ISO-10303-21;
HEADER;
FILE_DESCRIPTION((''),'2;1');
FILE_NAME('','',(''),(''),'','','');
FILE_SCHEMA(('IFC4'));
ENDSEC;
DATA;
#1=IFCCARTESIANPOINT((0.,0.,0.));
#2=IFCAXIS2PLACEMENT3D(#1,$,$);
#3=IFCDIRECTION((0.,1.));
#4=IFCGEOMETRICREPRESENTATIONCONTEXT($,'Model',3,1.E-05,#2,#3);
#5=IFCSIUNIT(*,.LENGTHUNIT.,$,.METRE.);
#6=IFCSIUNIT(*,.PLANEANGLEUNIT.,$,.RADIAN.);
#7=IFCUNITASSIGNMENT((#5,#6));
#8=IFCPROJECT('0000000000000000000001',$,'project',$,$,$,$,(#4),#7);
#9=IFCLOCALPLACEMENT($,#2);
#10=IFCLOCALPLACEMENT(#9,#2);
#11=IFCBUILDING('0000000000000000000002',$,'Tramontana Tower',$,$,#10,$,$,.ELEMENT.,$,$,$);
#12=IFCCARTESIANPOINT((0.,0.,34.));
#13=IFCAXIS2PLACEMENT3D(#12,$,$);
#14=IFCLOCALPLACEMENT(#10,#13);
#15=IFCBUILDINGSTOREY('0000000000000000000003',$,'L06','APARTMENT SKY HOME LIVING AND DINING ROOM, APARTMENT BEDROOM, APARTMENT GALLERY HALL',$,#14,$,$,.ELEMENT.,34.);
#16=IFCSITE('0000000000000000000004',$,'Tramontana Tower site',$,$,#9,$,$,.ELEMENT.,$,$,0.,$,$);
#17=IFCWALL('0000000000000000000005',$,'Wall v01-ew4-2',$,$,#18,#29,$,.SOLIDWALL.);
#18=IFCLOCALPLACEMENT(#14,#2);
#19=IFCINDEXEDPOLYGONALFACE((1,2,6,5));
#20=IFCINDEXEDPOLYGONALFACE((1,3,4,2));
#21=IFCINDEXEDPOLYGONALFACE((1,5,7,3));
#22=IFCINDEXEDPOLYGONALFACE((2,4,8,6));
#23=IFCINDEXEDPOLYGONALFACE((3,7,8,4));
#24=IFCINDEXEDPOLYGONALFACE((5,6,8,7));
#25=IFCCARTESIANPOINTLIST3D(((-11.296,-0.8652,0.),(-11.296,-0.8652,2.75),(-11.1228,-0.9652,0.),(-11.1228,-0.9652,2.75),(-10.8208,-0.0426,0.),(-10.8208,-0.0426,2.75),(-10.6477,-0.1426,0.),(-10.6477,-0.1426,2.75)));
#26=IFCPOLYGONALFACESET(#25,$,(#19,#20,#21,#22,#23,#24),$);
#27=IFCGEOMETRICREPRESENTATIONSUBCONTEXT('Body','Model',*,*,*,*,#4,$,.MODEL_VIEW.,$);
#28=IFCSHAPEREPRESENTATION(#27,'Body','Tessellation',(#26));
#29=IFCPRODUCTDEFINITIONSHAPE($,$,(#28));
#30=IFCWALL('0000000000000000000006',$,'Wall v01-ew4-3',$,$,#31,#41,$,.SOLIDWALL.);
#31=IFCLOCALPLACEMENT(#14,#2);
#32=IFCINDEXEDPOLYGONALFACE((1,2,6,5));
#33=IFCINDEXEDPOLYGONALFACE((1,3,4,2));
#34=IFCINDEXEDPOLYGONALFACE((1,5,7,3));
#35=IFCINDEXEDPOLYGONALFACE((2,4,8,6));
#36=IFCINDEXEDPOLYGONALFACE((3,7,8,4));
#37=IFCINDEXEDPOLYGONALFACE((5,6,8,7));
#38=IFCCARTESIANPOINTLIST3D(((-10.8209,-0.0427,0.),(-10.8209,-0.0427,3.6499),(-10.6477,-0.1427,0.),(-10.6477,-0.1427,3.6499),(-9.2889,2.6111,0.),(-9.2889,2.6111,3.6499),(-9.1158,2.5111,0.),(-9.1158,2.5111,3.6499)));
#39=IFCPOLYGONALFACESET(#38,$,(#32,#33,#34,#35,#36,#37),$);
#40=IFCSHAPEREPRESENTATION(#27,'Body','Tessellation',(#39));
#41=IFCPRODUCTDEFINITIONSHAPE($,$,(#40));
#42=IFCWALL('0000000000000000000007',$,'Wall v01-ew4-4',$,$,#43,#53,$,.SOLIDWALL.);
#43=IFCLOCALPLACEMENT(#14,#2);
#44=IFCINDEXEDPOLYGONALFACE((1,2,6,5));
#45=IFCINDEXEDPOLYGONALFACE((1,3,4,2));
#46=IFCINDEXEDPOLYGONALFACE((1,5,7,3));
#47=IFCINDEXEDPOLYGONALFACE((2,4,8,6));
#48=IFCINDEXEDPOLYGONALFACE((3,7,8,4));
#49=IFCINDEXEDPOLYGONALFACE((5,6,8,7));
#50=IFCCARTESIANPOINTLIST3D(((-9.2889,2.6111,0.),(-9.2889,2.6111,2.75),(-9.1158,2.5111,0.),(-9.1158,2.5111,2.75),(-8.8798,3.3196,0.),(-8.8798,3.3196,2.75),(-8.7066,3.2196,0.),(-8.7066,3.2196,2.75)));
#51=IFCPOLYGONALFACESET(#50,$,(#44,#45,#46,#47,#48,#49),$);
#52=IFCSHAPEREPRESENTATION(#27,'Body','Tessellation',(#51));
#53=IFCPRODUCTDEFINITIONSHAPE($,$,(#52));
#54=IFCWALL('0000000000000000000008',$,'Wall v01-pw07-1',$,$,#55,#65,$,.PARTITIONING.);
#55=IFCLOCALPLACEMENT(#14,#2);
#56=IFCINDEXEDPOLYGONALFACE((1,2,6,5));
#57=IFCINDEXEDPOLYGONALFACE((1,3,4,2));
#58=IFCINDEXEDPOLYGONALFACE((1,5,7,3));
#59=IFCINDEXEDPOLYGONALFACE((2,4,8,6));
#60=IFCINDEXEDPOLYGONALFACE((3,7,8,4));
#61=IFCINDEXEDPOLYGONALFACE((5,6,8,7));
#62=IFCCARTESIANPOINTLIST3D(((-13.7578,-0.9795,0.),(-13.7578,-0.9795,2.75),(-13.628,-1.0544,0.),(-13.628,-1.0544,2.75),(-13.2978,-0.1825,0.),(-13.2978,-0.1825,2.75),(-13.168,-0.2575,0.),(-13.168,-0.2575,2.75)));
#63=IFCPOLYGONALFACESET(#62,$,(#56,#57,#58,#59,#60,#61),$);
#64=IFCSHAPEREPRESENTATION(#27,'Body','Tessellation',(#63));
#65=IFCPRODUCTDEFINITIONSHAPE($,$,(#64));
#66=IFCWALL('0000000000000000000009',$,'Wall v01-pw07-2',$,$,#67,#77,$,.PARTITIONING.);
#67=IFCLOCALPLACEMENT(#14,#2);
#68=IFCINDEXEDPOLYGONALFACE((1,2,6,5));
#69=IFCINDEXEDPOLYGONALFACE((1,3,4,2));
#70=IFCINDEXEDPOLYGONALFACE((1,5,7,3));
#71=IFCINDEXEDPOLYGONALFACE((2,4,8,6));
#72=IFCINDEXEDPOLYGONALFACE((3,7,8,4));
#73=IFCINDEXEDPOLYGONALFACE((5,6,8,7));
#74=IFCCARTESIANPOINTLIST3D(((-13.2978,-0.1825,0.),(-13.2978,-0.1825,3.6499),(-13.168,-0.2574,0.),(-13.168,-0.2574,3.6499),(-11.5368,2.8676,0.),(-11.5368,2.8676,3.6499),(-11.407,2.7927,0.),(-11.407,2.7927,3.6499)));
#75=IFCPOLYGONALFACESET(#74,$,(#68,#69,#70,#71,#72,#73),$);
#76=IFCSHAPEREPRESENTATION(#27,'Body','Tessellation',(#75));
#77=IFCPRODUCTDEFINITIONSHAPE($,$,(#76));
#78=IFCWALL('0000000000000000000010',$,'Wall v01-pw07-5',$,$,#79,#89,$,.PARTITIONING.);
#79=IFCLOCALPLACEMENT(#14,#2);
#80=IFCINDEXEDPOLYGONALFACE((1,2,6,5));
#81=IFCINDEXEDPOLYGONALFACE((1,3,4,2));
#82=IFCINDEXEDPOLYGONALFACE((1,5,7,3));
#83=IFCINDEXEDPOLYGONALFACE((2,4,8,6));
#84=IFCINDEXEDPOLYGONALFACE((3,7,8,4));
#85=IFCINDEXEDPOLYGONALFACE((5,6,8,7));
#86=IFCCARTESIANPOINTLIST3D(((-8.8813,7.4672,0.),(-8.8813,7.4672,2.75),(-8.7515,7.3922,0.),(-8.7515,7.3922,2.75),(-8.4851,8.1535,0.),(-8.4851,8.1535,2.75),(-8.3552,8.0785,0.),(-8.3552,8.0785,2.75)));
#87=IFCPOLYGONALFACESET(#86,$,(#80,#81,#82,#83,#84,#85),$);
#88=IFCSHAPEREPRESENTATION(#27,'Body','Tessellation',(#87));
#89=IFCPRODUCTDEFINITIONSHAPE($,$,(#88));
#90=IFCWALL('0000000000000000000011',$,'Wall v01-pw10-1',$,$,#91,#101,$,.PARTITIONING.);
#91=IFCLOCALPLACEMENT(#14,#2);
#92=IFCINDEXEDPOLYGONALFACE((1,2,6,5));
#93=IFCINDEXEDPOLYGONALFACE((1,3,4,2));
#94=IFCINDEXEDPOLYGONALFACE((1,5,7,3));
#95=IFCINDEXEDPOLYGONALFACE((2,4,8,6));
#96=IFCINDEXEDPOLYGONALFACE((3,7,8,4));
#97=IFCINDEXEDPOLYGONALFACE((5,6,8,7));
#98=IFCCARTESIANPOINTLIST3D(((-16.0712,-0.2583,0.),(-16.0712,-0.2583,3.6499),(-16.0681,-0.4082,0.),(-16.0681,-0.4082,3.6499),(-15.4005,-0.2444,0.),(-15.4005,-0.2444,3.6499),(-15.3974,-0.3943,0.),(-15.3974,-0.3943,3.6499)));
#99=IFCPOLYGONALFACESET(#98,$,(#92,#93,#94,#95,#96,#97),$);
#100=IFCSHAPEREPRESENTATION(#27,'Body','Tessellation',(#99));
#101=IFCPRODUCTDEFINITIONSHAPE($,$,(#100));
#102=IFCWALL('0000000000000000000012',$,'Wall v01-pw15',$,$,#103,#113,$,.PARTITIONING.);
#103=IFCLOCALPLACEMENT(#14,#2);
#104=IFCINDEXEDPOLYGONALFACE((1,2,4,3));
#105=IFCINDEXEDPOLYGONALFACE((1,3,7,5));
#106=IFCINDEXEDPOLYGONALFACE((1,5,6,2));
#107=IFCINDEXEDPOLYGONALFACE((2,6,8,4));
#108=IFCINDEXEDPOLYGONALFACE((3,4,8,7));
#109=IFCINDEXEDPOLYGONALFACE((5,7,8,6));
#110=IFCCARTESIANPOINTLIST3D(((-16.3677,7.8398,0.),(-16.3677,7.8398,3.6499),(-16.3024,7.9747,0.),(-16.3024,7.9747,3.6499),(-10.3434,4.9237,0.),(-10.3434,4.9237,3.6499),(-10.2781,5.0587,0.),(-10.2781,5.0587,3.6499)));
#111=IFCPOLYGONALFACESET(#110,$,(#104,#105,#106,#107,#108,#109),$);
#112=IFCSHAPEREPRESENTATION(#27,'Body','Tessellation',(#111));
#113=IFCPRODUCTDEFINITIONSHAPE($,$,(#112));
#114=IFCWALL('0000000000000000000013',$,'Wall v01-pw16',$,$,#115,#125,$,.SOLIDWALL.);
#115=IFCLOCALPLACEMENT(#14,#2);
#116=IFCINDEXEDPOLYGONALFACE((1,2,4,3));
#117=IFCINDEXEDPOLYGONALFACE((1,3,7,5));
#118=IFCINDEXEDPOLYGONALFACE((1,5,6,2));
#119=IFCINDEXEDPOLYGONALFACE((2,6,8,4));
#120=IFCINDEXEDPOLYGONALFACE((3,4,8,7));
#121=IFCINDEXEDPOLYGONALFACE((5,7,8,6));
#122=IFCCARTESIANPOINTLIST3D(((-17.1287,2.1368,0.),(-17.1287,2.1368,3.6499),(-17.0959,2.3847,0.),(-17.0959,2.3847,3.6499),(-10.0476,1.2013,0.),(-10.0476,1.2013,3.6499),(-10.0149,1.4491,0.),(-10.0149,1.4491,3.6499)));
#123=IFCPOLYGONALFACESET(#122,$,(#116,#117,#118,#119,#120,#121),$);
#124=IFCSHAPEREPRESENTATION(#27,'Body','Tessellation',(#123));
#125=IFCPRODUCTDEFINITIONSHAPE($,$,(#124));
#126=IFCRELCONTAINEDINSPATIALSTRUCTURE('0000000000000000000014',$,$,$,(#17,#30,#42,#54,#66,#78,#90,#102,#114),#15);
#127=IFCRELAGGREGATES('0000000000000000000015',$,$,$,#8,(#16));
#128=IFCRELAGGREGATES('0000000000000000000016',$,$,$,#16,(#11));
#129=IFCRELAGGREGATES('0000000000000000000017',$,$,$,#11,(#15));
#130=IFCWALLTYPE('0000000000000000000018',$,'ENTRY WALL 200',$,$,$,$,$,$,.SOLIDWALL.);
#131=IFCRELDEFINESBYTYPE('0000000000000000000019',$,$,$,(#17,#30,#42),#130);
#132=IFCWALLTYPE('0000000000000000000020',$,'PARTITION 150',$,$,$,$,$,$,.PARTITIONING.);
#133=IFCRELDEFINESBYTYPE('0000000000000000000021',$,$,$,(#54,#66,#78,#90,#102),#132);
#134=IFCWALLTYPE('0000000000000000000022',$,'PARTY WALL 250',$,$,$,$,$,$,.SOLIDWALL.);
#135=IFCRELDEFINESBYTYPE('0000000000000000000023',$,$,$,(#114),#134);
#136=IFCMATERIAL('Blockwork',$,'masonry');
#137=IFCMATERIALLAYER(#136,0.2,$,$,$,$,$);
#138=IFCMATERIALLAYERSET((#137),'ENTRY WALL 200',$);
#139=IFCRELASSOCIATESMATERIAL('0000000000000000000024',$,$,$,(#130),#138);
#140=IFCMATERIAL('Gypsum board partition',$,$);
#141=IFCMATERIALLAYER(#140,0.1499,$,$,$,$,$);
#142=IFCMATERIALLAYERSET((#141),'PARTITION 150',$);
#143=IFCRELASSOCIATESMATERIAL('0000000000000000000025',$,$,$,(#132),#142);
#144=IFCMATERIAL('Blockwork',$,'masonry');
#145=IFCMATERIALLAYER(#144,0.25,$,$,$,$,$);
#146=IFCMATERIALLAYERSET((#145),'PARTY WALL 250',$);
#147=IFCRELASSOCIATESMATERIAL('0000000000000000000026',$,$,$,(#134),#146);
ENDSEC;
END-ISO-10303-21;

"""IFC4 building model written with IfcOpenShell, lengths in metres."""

from ifc_helpers import new_model, si_unit, direction, frame, frame_2d, origin, place, context, subcontext, project, spatial, rectangle, extrude, material, layer, layer_set, type_object, element, save


model = new_model("IFC4")

# Units and contexts
model_context = context("Model", 3, precision=1e-05, world=origin(), true_north=direction((0.0, 1.0)))
body_context = subcontext(model_context, "Body", "Model", "MODEL_VIEW")
ifc_project = project(units=[si_unit("LENGTHUNIT", "METRE"), si_unit("PLANEANGLEUNIT", "RADIAN")], contexts=[model_context])

# Site, building, storey
site_placement = place(None, origin())
site = spatial("IfcSite", under=ifc_project, at=site_placement, Name="Tramontana Tower site", CompositionType="ELEMENT", RefElevation=0.0)
building_placement = place(site_placement, origin())
building = spatial("IfcBuilding", under=site, at=building_placement, Name="Tramontana Tower", CompositionType="ELEMENT")
storey_placement = place(building_placement, frame((0.0, 0.0, 34.0)))
storey = spatial("IfcBuildingStorey", under=building, at=storey_placement, Name="L06", Description="APARTMENT SKY HOME LIVING AND DINING ROOM, APARTMENT BEDROOM, APARTMENT GALLERY HALL", CompositionType="ELEMENT", Elevation=34.0)

# Walls
ifc_material_1 = material(Name="Blockwork", Category="masonry")
ifc_layer_1 = layer(ifc_material_1, 0.2)
ifc_layer_set_1 = layer_set([ifc_layer_1], Name="ENTRY WALL 200")
wall_type_1 = type_object("IfcWallType", Name="ENTRY WALL 200", PredefinedType="SOLIDWALL", material=ifc_layer_set_1)
wall_1_placement = place(storey_placement, frame((-11.2095, -0.9153, 0.0), z_axis=(0.0, 0.0, 1.0), x_axis=(0.500175, 0.865924, 0.0)))
element("IfcWall", 1, at=wall_1_placement, inside=storey, type_object=wall_type_1, Name="Wall v01-ew4-2", PredefinedType="SOLIDWALL", context=body_context, shape_type="SweptSolid", body=[
    extrude(rectangle(XDim=0.95, YDim=0.2, at=frame_2d((0.4751, 0.0))), origin(), (0.0, 0.0, 1.0), 2.75),
])
wall_2_placement = place(storey_placement, frame((-10.7344, -0.0928, 0.0), z_axis=(0.0, 0.0, 1.0), x_axis=(0.499952, 0.866053, 0.0)))
element("IfcWall", 2, at=wall_2_placement, inside=storey, type_object=wall_type_1, Name="Wall v01-ew4-3", PredefinedType="SOLIDWALL", context=body_context, shape_type="SweptSolid", body=[
    extrude(rectangle(XDim=3.0642, YDim=0.2, at=frame_2d((1.5322, 0.0))), origin(), (0.0, 0.0, 1.0), 3.6499),
])
wall_3_placement = place(storey_placement, frame((-9.2024, 2.561, 0.0), z_axis=(0.0, 0.0, 1.0), x_axis=(0.500119, 0.865957, 0.0)))
element("IfcWall", 3, at=wall_3_placement, inside=storey, type_object=wall_type_1, Name="Wall v01-ew4-4", PredefinedType="SOLIDWALL", context=body_context, shape_type="SweptSolid", body=[
    extrude(rectangle(XDim=0.8181, YDim=0.2, at=frame_2d((0.4092, 0.0))), origin(), (0.0, 0.0, 1.0), 2.75),
])
ifc_material_2 = material(Name="Gypsum board partition")
ifc_layer_2 = layer(ifc_material_2, 0.1499)
ifc_layer_set_2 = layer_set([ifc_layer_2], Name="PARTITION 150")
wall_type_2 = type_object("IfcWallType", Name="PARTITION 150", PredefinedType="PARTITIONING", material=ifc_layer_set_2)
wall_4_placement = place(storey_placement, frame((-13.6929, -1.0168, 0.0), z_axis=(0.0, 0.0, 1.0), x_axis=(0.499906, 0.86608, 0.0)))
element("IfcWall", 4, at=wall_4_placement, inside=storey, type_object=wall_type_2, Name="Wall v01-pw07-1", PredefinedType="PARTITIONING", context=body_context, shape_type="SweptSolid", body=[
    extrude(rectangle(XDim=0.9202, YDim=0.1499, at=frame_2d((0.46, 0.0))), origin(), (0.0, 0.0, 1.0), 2.75),
])
wall_5_placement = place(storey_placement, frame((-13.2329, -0.22, 0.0), z_axis=(0.0, 0.0, 1.0), x_axis=(0.500008, 0.866021, 0.0)))
element("IfcWall", 5, at=wall_5_placement, inside=storey, type_object=wall_type_2, Name="Wall v01-pw07-2", PredefinedType="PARTITIONING", context=body_context, shape_type="SweptSolid", body=[
    extrude(rectangle(XDim=3.522, YDim=0.1499, at=frame_2d((1.761, 0.0))), origin(), (0.0, 0.0, 1.0), 3.6499),
])

# Wall
wall_6_placement = place(storey_placement, frame((-8.8164, 7.4297, 0.0), z_axis=(0.0, 0.0, 1.0), x_axis=(0.500016, 0.866016, 0.0)))
element("IfcWall", 6, at=wall_6_placement, inside=storey, type_object=wall_type_2, Name="Wall v01-pw07-5", PredefinedType="PARTITIONING", context=body_context, shape_type="SweptSolid", body=[
    extrude(rectangle(XDim=0.7925, YDim=0.1499, at=frame_2d((0.3962, 0.0))), origin(), (0.0, 0.0, 1.0), 2.75),
])

# Walls
wall_7_placement = place(storey_placement, frame((-15.3989, -0.3193, 0.0), z_axis=(0.0, 0.0, 1.0), x_axis=(-0.999785, -0.020745, 0.0)))
element("IfcWall", 7, at=wall_7_placement, inside=storey, type_object=wall_type_2, Name="Wall v01-pw10-1", PredefinedType="PARTITIONING", context=body_context, shape_type="SweptSolid", body=[
    extrude(rectangle(XDim=0.6709, YDim=0.1499, at=frame_2d((0.3354, 0.0))), origin(), (0.0, 0.0, 1.0), 3.6499),
])
wall_8_placement = place(storey_placement, frame((-10.3108, 4.9912, 0.0), z_axis=(0.0, 0.0, 1.0), x_axis=(-0.900095, 0.435693, 0.0)))
element("IfcWall", 8, at=wall_8_placement, inside=storey, type_object=wall_type_2, Name="Wall v01-pw15", PredefinedType="PARTITIONING", context=body_context, shape_type="SweptSolid", body=[
    extrude(rectangle(XDim=6.6929, YDim=0.1499, at=frame_2d((3.3464, 0.0))), origin(), (0.0, 0.0, 1.0), 3.6499),
])
ifc_material_3 = material(Name="Blockwork", Category="masonry")
ifc_layer_3 = layer(ifc_material_3, 0.25)
ifc_layer_set_3 = layer_set([ifc_layer_3], Name="PARTY WALL 250")
wall_type_3 = type_object("IfcWallType", Name="PARTY WALL 250", PredefinedType="SOLIDWALL", material=ifc_layer_set_3)
wall_9_placement = place(storey_placement, frame((-10.0312, 1.3252, 0.0), z_axis=(0.0, 0.0, 1.0), x_axis=(-0.991385, 0.130981, 0.0)))
element("IfcWall", 9, at=wall_9_placement, inside=storey, type_object=wall_type_3, Name="Wall v01-pw16", PredefinedType="SOLIDWALL", context=body_context, shape_type="SweptSolid", body=[
    extrude(rectangle(XDim=7.1426, YDim=0.25, at=frame_2d((3.5713, 0.0))), origin(), (0.0, 0.0, 1.0), 3.6499),
])

save(model, "model.ifc")
